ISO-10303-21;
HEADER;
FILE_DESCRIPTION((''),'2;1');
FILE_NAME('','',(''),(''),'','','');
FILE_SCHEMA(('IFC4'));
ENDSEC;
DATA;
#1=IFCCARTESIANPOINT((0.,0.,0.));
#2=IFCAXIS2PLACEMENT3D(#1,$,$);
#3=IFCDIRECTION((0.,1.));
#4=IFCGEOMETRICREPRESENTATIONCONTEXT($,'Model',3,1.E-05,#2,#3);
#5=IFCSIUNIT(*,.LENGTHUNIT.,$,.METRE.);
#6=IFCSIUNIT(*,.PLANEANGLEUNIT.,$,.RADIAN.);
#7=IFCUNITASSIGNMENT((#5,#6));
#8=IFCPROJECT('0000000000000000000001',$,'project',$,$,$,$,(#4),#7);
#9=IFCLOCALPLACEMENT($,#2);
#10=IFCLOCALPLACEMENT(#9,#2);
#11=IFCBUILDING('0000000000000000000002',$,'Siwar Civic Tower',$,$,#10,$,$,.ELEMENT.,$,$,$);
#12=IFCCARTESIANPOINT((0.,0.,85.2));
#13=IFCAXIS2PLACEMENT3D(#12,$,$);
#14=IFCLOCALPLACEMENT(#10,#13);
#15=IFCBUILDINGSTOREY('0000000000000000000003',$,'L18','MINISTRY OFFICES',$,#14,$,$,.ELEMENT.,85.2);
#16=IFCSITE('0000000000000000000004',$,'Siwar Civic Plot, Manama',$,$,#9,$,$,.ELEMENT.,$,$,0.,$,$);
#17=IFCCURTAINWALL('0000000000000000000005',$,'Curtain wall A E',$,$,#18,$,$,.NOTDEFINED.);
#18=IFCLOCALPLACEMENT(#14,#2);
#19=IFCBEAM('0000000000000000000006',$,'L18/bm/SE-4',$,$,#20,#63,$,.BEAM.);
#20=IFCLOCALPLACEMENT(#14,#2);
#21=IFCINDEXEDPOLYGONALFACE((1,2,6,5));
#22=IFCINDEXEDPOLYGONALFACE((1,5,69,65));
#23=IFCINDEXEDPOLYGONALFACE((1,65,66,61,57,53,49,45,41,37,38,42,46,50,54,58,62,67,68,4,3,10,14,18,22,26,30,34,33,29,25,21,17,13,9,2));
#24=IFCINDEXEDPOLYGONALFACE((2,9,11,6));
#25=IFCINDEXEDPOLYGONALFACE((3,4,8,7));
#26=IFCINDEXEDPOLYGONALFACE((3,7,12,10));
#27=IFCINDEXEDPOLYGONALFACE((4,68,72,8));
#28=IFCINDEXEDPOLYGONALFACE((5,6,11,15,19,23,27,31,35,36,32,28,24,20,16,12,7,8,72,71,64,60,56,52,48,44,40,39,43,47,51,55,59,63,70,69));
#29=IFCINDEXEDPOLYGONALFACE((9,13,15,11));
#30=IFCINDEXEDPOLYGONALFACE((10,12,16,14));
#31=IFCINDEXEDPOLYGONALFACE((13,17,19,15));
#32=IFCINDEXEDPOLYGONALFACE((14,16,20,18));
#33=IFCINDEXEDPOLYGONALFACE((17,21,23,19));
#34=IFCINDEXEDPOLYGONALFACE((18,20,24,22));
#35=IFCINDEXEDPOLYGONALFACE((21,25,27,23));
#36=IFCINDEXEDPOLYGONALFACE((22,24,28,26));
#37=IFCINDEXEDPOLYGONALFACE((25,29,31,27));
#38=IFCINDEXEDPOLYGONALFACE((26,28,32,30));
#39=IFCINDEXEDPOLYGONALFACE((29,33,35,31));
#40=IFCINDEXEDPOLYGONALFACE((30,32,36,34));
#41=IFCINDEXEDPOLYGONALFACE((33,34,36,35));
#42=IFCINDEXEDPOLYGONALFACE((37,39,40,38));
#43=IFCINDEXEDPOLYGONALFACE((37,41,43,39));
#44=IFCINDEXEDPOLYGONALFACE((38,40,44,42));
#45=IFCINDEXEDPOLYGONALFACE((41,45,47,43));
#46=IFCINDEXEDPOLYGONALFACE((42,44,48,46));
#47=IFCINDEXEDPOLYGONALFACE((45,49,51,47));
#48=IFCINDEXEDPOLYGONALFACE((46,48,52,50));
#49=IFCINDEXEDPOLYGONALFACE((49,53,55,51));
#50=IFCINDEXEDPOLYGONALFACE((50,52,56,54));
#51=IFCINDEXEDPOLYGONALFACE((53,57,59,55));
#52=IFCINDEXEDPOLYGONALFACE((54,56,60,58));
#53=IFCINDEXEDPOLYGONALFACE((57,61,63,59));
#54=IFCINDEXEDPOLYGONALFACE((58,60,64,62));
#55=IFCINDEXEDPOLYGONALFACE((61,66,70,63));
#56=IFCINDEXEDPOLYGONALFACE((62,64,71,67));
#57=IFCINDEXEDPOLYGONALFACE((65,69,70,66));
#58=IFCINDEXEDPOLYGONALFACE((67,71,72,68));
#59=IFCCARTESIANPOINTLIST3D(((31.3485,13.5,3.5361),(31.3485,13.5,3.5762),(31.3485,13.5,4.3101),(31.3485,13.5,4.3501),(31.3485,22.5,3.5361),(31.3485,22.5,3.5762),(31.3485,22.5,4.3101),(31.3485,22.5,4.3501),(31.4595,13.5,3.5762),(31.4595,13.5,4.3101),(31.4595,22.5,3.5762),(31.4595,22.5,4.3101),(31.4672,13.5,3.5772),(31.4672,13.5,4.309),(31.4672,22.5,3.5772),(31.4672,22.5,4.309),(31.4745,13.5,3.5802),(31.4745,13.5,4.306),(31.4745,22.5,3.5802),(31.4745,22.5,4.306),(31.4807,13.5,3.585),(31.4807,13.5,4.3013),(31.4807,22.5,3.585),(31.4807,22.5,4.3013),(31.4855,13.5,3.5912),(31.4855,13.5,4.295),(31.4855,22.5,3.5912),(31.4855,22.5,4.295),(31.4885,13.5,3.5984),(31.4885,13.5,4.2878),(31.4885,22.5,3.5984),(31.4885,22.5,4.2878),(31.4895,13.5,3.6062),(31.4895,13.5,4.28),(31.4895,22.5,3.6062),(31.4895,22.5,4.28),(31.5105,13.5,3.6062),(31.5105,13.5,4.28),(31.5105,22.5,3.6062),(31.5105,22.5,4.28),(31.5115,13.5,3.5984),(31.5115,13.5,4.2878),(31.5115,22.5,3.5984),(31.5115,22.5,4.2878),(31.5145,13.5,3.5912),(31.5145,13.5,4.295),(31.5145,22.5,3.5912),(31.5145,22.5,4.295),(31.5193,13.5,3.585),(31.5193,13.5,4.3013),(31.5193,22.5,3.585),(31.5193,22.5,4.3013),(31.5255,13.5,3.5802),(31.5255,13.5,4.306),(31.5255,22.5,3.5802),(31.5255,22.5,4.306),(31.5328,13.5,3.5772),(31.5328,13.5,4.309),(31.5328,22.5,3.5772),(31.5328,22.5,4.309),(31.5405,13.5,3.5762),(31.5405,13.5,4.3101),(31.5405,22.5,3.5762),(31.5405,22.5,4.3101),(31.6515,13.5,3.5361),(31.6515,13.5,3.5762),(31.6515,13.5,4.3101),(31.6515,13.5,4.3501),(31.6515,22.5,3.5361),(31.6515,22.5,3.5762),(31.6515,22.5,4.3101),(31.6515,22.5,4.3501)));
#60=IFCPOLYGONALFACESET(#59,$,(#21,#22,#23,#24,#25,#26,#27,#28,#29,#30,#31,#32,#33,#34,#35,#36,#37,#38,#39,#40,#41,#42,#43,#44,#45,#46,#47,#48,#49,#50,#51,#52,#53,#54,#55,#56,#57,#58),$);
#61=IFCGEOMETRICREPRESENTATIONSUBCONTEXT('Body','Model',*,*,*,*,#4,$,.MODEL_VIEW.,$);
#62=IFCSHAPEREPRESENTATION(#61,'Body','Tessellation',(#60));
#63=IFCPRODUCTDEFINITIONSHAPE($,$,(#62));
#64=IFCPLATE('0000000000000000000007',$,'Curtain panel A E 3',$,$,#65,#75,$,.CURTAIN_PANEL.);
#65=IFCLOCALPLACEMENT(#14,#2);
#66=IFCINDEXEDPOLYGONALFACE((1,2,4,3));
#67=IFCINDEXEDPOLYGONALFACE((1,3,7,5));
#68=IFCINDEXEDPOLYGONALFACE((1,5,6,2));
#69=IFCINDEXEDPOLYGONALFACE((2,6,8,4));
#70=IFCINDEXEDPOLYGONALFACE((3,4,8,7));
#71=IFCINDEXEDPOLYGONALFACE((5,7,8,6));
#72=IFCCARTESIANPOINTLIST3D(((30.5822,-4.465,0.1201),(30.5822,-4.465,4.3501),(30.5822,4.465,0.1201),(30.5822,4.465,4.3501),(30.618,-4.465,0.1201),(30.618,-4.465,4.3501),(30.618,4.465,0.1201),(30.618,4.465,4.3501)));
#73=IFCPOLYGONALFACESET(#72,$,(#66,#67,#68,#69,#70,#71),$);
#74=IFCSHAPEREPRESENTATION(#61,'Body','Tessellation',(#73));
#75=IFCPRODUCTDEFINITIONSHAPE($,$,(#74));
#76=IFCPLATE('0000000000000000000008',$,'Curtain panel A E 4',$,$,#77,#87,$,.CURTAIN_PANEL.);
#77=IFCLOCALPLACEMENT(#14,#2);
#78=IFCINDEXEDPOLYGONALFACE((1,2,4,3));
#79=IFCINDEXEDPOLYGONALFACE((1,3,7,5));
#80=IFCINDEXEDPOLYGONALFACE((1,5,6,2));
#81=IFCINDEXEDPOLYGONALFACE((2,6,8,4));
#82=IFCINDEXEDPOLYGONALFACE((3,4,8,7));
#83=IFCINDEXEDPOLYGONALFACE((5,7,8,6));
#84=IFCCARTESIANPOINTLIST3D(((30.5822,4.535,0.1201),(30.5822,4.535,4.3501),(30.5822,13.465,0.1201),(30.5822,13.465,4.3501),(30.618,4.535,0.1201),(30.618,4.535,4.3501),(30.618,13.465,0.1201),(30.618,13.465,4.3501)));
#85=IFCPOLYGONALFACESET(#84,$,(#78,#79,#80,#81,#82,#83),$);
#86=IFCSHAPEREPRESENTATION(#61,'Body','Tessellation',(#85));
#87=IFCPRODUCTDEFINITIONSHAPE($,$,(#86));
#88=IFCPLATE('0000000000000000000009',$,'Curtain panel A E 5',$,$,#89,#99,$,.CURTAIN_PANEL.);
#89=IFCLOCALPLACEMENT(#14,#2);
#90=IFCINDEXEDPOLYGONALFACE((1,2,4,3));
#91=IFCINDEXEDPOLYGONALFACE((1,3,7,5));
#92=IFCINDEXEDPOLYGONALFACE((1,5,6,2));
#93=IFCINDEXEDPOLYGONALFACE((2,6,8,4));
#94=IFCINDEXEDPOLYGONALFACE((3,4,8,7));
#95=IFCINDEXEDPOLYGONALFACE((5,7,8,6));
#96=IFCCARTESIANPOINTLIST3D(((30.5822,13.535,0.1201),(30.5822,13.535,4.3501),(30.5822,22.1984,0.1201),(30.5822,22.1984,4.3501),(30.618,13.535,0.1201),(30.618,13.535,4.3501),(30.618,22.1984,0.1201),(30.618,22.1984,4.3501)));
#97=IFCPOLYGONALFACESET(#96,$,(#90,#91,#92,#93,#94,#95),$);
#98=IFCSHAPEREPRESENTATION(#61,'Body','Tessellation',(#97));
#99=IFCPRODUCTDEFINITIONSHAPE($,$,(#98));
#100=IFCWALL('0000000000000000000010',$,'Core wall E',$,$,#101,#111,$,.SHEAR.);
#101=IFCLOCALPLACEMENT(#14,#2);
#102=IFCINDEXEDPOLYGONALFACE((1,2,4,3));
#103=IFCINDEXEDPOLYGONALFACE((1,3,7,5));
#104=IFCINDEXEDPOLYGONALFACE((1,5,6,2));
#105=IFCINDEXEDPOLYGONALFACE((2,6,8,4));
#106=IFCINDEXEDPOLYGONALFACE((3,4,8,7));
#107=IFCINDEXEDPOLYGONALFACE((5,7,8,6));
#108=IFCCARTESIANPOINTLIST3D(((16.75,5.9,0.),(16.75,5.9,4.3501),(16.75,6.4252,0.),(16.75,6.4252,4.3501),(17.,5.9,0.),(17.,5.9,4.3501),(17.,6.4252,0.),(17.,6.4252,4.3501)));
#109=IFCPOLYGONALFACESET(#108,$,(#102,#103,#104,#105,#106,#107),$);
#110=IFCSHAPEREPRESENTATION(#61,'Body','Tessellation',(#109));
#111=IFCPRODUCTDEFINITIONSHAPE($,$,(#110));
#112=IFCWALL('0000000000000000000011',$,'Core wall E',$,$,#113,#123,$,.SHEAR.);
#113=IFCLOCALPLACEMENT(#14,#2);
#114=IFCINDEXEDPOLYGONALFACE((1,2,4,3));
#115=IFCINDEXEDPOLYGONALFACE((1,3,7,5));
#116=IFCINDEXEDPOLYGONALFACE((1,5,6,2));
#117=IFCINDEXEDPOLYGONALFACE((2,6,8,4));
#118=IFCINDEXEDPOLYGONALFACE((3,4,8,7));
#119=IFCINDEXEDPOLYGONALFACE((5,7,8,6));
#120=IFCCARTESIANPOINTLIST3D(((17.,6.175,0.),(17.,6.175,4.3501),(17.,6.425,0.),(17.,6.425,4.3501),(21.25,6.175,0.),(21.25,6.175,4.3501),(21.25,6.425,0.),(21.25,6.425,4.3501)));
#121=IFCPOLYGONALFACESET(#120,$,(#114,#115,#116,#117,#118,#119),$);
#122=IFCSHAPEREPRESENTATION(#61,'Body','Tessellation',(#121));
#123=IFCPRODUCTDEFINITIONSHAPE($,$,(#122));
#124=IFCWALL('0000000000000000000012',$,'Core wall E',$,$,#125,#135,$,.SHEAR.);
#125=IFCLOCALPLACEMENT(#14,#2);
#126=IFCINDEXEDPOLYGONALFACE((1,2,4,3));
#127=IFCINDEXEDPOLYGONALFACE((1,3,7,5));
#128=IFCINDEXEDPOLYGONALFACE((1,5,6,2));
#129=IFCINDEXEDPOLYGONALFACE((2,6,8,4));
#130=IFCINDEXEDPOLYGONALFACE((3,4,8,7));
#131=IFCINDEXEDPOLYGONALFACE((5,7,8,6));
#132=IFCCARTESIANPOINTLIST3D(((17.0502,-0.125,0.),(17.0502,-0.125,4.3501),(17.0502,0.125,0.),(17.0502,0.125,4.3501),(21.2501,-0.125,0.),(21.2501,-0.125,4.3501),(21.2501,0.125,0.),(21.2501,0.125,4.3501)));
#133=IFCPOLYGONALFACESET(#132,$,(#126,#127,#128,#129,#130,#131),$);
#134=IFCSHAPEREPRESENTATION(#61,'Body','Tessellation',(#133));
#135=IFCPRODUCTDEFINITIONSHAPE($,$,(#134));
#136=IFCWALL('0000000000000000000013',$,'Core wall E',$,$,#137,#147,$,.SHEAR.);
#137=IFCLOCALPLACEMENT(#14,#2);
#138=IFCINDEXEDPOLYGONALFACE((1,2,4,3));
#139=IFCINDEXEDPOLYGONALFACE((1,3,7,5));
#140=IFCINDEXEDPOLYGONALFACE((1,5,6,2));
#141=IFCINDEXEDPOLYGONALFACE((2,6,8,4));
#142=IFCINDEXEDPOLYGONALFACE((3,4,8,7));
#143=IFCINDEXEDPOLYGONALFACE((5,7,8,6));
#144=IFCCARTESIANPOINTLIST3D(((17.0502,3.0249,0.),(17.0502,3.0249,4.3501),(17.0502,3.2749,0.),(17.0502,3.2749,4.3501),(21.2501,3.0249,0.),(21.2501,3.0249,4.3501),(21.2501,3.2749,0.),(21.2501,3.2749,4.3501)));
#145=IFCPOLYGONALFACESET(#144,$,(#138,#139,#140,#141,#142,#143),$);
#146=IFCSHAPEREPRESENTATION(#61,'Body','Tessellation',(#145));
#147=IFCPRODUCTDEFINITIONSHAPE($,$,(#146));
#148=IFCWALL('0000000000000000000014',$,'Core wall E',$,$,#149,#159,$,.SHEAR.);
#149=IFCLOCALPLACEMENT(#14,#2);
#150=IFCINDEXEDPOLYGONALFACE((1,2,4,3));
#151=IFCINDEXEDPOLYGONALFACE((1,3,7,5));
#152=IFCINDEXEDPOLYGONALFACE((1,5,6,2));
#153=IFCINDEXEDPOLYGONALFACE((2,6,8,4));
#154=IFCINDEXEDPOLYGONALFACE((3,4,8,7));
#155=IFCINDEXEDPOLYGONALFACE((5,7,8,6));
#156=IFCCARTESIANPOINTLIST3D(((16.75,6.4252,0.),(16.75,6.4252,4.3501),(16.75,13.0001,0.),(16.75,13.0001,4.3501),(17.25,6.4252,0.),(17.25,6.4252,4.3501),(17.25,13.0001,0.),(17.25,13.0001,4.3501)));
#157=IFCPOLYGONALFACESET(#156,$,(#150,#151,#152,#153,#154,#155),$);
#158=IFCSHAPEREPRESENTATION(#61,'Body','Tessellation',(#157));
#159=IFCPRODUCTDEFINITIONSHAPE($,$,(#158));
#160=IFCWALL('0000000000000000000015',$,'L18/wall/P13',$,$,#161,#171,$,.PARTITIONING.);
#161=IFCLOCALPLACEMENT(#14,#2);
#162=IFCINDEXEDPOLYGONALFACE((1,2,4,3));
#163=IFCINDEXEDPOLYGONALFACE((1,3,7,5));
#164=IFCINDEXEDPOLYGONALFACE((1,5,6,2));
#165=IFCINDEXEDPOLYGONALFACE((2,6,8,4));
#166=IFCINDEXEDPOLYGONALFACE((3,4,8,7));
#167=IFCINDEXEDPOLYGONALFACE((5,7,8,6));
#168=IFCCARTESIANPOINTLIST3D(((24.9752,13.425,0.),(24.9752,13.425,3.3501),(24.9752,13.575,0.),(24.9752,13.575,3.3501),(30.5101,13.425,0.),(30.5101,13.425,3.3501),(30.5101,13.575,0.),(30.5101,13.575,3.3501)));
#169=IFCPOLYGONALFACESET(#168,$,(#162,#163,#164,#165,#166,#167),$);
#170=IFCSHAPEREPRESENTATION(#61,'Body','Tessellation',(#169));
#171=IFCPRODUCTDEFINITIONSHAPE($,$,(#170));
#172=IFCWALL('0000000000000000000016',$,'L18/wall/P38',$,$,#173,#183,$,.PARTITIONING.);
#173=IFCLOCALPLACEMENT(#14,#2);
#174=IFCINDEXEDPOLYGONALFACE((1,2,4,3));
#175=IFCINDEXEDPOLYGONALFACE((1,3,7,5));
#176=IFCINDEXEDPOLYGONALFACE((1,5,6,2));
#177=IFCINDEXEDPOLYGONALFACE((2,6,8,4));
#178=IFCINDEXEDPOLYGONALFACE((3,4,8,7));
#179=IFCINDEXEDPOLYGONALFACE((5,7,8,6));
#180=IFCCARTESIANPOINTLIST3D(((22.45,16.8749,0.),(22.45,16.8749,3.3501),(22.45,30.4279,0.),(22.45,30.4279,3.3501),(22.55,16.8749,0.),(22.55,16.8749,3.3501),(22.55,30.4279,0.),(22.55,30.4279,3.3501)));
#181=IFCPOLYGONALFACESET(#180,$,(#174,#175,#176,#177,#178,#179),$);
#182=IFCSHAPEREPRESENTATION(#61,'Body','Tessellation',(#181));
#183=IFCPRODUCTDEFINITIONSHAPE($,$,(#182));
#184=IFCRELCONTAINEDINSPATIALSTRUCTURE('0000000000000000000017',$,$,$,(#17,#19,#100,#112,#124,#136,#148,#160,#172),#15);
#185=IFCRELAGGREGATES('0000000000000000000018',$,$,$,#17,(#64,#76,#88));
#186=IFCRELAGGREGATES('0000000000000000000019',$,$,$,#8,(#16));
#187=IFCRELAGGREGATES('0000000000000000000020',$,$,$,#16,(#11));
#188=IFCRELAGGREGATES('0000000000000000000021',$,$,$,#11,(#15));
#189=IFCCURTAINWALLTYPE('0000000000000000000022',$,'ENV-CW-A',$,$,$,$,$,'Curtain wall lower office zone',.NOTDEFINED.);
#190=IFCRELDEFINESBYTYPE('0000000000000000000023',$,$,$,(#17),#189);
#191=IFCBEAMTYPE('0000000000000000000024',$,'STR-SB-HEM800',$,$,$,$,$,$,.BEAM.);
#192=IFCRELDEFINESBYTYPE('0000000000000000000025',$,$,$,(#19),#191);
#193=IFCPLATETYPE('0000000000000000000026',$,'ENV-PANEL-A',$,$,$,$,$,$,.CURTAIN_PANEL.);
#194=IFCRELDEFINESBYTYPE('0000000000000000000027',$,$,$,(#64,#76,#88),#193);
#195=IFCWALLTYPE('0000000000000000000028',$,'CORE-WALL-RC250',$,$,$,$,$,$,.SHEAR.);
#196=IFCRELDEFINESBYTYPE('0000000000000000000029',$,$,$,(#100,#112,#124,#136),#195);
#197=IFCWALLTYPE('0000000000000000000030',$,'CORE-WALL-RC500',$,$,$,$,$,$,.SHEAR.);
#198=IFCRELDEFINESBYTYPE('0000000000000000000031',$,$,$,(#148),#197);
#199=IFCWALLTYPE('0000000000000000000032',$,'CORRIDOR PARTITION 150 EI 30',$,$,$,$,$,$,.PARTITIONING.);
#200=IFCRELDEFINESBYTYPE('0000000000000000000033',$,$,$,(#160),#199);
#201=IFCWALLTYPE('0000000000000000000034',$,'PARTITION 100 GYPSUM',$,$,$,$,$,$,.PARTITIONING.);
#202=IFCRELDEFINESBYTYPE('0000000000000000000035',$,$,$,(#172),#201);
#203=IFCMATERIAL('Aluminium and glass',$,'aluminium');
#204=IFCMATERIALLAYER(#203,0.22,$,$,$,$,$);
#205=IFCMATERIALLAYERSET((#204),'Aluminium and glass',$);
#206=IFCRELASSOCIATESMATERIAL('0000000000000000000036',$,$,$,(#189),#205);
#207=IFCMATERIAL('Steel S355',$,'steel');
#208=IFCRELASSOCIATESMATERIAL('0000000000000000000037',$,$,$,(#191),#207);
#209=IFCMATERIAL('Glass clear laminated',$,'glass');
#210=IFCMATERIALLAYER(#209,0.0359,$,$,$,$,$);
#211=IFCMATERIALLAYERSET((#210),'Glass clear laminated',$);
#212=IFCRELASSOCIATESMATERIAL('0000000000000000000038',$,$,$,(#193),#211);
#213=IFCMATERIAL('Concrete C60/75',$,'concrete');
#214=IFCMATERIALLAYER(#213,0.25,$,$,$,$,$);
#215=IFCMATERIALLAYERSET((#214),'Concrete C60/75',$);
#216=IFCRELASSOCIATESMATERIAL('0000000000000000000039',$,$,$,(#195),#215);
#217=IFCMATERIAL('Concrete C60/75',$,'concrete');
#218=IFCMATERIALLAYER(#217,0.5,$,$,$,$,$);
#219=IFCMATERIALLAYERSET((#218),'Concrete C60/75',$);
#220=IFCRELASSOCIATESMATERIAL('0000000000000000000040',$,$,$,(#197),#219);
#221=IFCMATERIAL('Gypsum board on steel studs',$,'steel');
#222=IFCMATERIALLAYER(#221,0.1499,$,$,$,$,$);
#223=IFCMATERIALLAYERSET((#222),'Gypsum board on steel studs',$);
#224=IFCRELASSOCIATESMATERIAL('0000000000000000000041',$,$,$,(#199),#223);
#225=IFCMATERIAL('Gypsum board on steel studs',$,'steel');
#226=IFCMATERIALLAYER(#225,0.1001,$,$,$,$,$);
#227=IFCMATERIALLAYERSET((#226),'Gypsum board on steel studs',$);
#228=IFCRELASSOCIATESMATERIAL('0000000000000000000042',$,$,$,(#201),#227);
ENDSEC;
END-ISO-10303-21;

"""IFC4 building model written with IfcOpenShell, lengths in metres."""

from ifc_helpers import new_model, si_unit, direction, frame, frame_2d, origin, origin_2d, place, context, subcontext, project, spatial, rectangle, i_section, extrude, material, layer, layer_set, material_profile, profile_set, type_object, element, aggregate, save


model = new_model("IFC4")

# Units and contexts
model_context = context("Model", 3, precision=1e-05, world=origin(), true_north=direction((0.0, 1.0)))
body_context = subcontext(model_context, "Body", "Model", "MODEL_VIEW")
ifc_project = project(units=[si_unit("LENGTHUNIT", "METRE"), si_unit("PLANEANGLEUNIT", "RADIAN")], contexts=[model_context])

# Site, building, storey
site_placement = place(None, origin())
site = spatial("IfcSite", under=ifc_project, at=site_placement, Name="Siwar Civic Plot, Manama", CompositionType="ELEMENT", RefElevation=0.0)
building_placement = place(site_placement, origin())
building = spatial("IfcBuilding", under=site, at=building_placement, Name="Siwar Civic Tower", CompositionType="ELEMENT")
storey_placement = place(building_placement, frame((0.0, 0.0, 85.2)))
storey = spatial("IfcBuildingStorey", under=building, at=storey_placement, Name="L18", Description="MINISTRY OFFICES", CompositionType="ELEMENT", Elevation=85.2)

# Curtain wall
ifc_material_1 = material(Name="Aluminium and glass", Category="aluminium")
ifc_layer_1 = layer(ifc_material_1, 0.22)
ifc_layer_set_1 = layer_set([ifc_layer_1], Name="Aluminium and glass")
curtain_wall_type = type_object("IfcCurtainWallType", Name="ENV-CW-A", ElementType="Curtain wall lower office zone", PredefinedType="NOTDEFINED", material=ifc_layer_set_1)
curtain_wall_placement = place(storey_placement, origin())
curtain_wall = element("IfcCurtainWall", 1, at=curtain_wall_placement, inside=storey, type_object=curtain_wall_type, Name="Curtain wall A E", PredefinedType="NOTDEFINED")

# Beam
ifc_material_2 = material(Name="Steel S355", Category="steel")
ifc_material_profile_1 = material_profile(ifc_material_2, i_section(OverallWidth=0.303, OverallDepth=0.814, WebThickness=0.021, FlangeThickness=0.04, FilletRadius=0.03, at=origin_2d()), Name="HEM800")
ifc_profile_set_1 = profile_set([ifc_material_profile_1], Name="Steel S355")
beam_type_1 = type_object("IfcBeamType", Name="STR-SB-HEM800", PredefinedType="BEAM", material=ifc_profile_set_1)
for number, where, z_axis, x_axis, name in (
    (2, (31.5, 13.5, 3.9431), (0.0, 1.0, 0.0), (-1.0, 0.0, 0.0), "L18/bm/SE-4"),
):
    element("IfcBeam", number, at=place(storey_placement, frame(where, z_axis=z_axis, x_axis=x_axis)), inside=storey, type_object=beam_type_1, Name=name, PredefinedType="BEAM", context=body_context, shape_type="SweptSolid", body=[
        extrude(i_section(OverallWidth=0.303, OverallDepth=0.814, WebThickness=0.021, FlangeThickness=0.04, FilletRadius=0.03, at=origin_2d()), origin(), (0.0, 0.0, 1.0), 9.0),
    ])

# Plates
ifc_material_3 = material(Name="Glass clear laminated", Category="glass")
ifc_layer_2 = layer(ifc_material_3, 0.0359)
ifc_layer_set_2 = layer_set([ifc_layer_2], Name="Glass clear laminated")
plate_type = type_object("IfcPlateType", Name="ENV-PANEL-A", PredefinedType="CURTAIN_PANEL", material=ifc_layer_set_2)
plate_1_placement = place(storey_placement, frame((30.6001, 0.0, 0.1201), z_axis=(0.0, 0.0, 1.0), x_axis=(0.0, 1.0, 0.0)))
plate_1 = element("IfcPlate", 3, at=plate_1_placement, type_object=plate_type, Name="Curtain panel A E 3", PredefinedType="CURTAIN_PANEL", context=body_context, shape_type="SweptSolid", body=[
    extrude(rectangle(XDim=8.9299, YDim=0.0359, at=origin_2d()), origin(), (0.0, 0.0, 1.0), 4.23),
])
plate_2_placement = place(storey_placement, frame((30.6001, 9.0, 0.1201), z_axis=(0.0, 0.0, 1.0), x_axis=(0.0, 1.0, 0.0)))
plate_2 = element("IfcPlate", 4, at=plate_2_placement, type_object=plate_type, Name="Curtain panel A E 4", PredefinedType="CURTAIN_PANEL", context=body_context, shape_type="SweptSolid", body=[
    extrude(rectangle(XDim=8.9299, YDim=0.0359, at=origin_2d()), origin(), (0.0, 0.0, 1.0), 4.23),
])
plate_3_placement = place(storey_placement, frame((30.6001, 17.8667, 0.1201), z_axis=(0.0, 0.0, 1.0), x_axis=(0.0, 1.0, 0.0)))
plate_3 = element("IfcPlate", 5, at=plate_3_placement, type_object=plate_type, Name="Curtain panel A E 5", PredefinedType="CURTAIN_PANEL", context=body_context, shape_type="SweptSolid", body=[
    extrude(rectangle(XDim=8.6633, YDim=0.0359, at=origin_2d()), origin(), (0.0, 0.0, 1.0), 4.23),
])
aggregate(curtain_wall, [plate_1, plate_2, plate_3])

# Walls
ifc_material_4 = material(Name="Concrete C60/75", Category="concrete")
ifc_layer_3 = layer(ifc_material_4, 0.25)
ifc_layer_set_3 = layer_set([ifc_layer_3], Name="Concrete C60/75")
wall_type_1 = type_object("IfcWallType", Name="CORE-WALL-RC250", PredefinedType="SHEAR", material=ifc_layer_set_3)
wall_1_placement = place(storey_placement, frame((16.875, 5.8999, 0.0), z_axis=(0.0, 0.0, 1.0), x_axis=(0.0, 1.0, 0.0)))
element("IfcWall", 6, at=wall_1_placement, inside=storey, type_object=wall_type_1, Name="Core wall E", PredefinedType="SHEAR", context=body_context, shape_type="SweptSolid", body=[
    extrude(rectangle(XDim=0.5251, YDim=0.25, at=frame_2d((0.2627, 0.0))), origin(), (0.0, 0.0, 1.0), 4.3501),
])
wall_2_placement = place(storey_placement, frame((17.0, 6.3, 0.0), z_axis=(0.0, 0.0, 1.0), x_axis=(1.0, 0.0, 0.0)))
element("IfcWall", 7, at=wall_2_placement, inside=storey, type_object=wall_type_1, Name="Core wall E", PredefinedType="SHEAR", context=body_context, shape_type="SweptSolid", body=[
    extrude(rectangle(XDim=4.25, YDim=0.25, at=frame_2d((2.125, 0.0))), origin(), (0.0, 0.0, 1.0), 4.3501),
])
for number, where, z_axis, x_axis, name in (
    (8, (17.05, 0.0, 0.0), (0.0, 0.0, 1.0), (1.0, 0.0, 0.0), "Core wall E"),
    (9, (17.05, 3.1499, 0.0), (0.0, 0.0, 1.0), (1.0, 0.0, 0.0), "Core wall E"),
):
    element("IfcWall", number, at=place(storey_placement, frame(where, z_axis=z_axis, x_axis=x_axis)), inside=storey, type_object=wall_type_1, Name=name, PredefinedType="SHEAR", context=body_context, shape_type="SweptSolid", body=[
        extrude(rectangle(XDim=4.2, YDim=0.25, at=frame_2d((2.1001, 0.0))), origin(), (0.0, 0.0, 1.0), 4.3501),
    ])
ifc_material_5 = material(Name="Concrete C60/75", Category="concrete")
ifc_layer_4 = layer(ifc_material_5, 0.5)
ifc_layer_set_4 = layer_set([ifc_layer_4], Name="Concrete C60/75")
wall_type_2 = type_object("IfcWallType", Name="CORE-WALL-RC500", PredefinedType="SHEAR", material=ifc_layer_set_4)
wall_3_placement = place(storey_placement, frame((17.0, 6.425, 0.0), z_axis=(0.0, 0.0, 1.0), x_axis=(0.0, 1.0, 0.0)))
element("IfcWall", 10, at=wall_3_placement, inside=storey, type_object=wall_type_2, Name="Core wall E", PredefinedType="SHEAR", context=body_context, shape_type="SweptSolid", body=[
    extrude(rectangle(XDim=6.575, YDim=0.5, at=frame_2d((3.2876, 0.0))), origin(), (0.0, 0.0, 1.0), 4.3501),
])
ifc_material_6 = material(Name="Gypsum board on steel studs", Category="steel")
ifc_layer_5 = layer(ifc_material_6, 0.1499)
ifc_layer_set_5 = layer_set([ifc_layer_5], Name="Gypsum board on steel studs")
wall_type_3 = type_object("IfcWallType", Name="CORRIDOR PARTITION 150 EI 30", PredefinedType="PARTITIONING", material=ifc_layer_set_5)
wall_4_placement = place(storey_placement, frame((24.9751, 13.5, 0.0), z_axis=(0.0, 0.0, 1.0), x_axis=(1.0, 0.0, 0.0)))
element("IfcWall", 11, at=wall_4_placement, inside=storey, type_object=wall_type_3, Name="L18/wall/P13", PredefinedType="PARTITIONING", context=body_context, shape_type="SweptSolid", body=[
    extrude(rectangle(XDim=5.5349, YDim=0.1499, at=frame_2d((2.7676, 0.0))), origin(), (0.0, 0.0, 1.0), 3.3501),
])
ifc_material_7 = material(Name="Gypsum board on steel studs", Category="steel")
ifc_layer_6 = layer(ifc_material_7, 0.1001)
ifc_layer_set_6 = layer_set([ifc_layer_6], Name="Gypsum board on steel studs")
wall_type_4 = type_object("IfcWallType", Name="PARTITION 100 GYPSUM", PredefinedType="PARTITIONING", material=ifc_layer_set_6)
wall_5_placement = place(storey_placement, frame((22.5, 16.875, 0.0), z_axis=(0.0, 0.0, 1.0), x_axis=(0.0, 1.0, 0.0)))
element("IfcWall", 12, at=wall_5_placement, inside=storey, type_object=wall_type_4, Name="L18/wall/P38", PredefinedType="PARTITIONING", context=body_context, shape_type="SweptSolid", body=[
    extrude(rectangle(XDim=13.553, YDim=0.1001, at=frame_2d((6.7764, 0.0))), origin(), (0.0, 0.0, 1.0), 3.3501),
])

save(model, "model.ifc")
